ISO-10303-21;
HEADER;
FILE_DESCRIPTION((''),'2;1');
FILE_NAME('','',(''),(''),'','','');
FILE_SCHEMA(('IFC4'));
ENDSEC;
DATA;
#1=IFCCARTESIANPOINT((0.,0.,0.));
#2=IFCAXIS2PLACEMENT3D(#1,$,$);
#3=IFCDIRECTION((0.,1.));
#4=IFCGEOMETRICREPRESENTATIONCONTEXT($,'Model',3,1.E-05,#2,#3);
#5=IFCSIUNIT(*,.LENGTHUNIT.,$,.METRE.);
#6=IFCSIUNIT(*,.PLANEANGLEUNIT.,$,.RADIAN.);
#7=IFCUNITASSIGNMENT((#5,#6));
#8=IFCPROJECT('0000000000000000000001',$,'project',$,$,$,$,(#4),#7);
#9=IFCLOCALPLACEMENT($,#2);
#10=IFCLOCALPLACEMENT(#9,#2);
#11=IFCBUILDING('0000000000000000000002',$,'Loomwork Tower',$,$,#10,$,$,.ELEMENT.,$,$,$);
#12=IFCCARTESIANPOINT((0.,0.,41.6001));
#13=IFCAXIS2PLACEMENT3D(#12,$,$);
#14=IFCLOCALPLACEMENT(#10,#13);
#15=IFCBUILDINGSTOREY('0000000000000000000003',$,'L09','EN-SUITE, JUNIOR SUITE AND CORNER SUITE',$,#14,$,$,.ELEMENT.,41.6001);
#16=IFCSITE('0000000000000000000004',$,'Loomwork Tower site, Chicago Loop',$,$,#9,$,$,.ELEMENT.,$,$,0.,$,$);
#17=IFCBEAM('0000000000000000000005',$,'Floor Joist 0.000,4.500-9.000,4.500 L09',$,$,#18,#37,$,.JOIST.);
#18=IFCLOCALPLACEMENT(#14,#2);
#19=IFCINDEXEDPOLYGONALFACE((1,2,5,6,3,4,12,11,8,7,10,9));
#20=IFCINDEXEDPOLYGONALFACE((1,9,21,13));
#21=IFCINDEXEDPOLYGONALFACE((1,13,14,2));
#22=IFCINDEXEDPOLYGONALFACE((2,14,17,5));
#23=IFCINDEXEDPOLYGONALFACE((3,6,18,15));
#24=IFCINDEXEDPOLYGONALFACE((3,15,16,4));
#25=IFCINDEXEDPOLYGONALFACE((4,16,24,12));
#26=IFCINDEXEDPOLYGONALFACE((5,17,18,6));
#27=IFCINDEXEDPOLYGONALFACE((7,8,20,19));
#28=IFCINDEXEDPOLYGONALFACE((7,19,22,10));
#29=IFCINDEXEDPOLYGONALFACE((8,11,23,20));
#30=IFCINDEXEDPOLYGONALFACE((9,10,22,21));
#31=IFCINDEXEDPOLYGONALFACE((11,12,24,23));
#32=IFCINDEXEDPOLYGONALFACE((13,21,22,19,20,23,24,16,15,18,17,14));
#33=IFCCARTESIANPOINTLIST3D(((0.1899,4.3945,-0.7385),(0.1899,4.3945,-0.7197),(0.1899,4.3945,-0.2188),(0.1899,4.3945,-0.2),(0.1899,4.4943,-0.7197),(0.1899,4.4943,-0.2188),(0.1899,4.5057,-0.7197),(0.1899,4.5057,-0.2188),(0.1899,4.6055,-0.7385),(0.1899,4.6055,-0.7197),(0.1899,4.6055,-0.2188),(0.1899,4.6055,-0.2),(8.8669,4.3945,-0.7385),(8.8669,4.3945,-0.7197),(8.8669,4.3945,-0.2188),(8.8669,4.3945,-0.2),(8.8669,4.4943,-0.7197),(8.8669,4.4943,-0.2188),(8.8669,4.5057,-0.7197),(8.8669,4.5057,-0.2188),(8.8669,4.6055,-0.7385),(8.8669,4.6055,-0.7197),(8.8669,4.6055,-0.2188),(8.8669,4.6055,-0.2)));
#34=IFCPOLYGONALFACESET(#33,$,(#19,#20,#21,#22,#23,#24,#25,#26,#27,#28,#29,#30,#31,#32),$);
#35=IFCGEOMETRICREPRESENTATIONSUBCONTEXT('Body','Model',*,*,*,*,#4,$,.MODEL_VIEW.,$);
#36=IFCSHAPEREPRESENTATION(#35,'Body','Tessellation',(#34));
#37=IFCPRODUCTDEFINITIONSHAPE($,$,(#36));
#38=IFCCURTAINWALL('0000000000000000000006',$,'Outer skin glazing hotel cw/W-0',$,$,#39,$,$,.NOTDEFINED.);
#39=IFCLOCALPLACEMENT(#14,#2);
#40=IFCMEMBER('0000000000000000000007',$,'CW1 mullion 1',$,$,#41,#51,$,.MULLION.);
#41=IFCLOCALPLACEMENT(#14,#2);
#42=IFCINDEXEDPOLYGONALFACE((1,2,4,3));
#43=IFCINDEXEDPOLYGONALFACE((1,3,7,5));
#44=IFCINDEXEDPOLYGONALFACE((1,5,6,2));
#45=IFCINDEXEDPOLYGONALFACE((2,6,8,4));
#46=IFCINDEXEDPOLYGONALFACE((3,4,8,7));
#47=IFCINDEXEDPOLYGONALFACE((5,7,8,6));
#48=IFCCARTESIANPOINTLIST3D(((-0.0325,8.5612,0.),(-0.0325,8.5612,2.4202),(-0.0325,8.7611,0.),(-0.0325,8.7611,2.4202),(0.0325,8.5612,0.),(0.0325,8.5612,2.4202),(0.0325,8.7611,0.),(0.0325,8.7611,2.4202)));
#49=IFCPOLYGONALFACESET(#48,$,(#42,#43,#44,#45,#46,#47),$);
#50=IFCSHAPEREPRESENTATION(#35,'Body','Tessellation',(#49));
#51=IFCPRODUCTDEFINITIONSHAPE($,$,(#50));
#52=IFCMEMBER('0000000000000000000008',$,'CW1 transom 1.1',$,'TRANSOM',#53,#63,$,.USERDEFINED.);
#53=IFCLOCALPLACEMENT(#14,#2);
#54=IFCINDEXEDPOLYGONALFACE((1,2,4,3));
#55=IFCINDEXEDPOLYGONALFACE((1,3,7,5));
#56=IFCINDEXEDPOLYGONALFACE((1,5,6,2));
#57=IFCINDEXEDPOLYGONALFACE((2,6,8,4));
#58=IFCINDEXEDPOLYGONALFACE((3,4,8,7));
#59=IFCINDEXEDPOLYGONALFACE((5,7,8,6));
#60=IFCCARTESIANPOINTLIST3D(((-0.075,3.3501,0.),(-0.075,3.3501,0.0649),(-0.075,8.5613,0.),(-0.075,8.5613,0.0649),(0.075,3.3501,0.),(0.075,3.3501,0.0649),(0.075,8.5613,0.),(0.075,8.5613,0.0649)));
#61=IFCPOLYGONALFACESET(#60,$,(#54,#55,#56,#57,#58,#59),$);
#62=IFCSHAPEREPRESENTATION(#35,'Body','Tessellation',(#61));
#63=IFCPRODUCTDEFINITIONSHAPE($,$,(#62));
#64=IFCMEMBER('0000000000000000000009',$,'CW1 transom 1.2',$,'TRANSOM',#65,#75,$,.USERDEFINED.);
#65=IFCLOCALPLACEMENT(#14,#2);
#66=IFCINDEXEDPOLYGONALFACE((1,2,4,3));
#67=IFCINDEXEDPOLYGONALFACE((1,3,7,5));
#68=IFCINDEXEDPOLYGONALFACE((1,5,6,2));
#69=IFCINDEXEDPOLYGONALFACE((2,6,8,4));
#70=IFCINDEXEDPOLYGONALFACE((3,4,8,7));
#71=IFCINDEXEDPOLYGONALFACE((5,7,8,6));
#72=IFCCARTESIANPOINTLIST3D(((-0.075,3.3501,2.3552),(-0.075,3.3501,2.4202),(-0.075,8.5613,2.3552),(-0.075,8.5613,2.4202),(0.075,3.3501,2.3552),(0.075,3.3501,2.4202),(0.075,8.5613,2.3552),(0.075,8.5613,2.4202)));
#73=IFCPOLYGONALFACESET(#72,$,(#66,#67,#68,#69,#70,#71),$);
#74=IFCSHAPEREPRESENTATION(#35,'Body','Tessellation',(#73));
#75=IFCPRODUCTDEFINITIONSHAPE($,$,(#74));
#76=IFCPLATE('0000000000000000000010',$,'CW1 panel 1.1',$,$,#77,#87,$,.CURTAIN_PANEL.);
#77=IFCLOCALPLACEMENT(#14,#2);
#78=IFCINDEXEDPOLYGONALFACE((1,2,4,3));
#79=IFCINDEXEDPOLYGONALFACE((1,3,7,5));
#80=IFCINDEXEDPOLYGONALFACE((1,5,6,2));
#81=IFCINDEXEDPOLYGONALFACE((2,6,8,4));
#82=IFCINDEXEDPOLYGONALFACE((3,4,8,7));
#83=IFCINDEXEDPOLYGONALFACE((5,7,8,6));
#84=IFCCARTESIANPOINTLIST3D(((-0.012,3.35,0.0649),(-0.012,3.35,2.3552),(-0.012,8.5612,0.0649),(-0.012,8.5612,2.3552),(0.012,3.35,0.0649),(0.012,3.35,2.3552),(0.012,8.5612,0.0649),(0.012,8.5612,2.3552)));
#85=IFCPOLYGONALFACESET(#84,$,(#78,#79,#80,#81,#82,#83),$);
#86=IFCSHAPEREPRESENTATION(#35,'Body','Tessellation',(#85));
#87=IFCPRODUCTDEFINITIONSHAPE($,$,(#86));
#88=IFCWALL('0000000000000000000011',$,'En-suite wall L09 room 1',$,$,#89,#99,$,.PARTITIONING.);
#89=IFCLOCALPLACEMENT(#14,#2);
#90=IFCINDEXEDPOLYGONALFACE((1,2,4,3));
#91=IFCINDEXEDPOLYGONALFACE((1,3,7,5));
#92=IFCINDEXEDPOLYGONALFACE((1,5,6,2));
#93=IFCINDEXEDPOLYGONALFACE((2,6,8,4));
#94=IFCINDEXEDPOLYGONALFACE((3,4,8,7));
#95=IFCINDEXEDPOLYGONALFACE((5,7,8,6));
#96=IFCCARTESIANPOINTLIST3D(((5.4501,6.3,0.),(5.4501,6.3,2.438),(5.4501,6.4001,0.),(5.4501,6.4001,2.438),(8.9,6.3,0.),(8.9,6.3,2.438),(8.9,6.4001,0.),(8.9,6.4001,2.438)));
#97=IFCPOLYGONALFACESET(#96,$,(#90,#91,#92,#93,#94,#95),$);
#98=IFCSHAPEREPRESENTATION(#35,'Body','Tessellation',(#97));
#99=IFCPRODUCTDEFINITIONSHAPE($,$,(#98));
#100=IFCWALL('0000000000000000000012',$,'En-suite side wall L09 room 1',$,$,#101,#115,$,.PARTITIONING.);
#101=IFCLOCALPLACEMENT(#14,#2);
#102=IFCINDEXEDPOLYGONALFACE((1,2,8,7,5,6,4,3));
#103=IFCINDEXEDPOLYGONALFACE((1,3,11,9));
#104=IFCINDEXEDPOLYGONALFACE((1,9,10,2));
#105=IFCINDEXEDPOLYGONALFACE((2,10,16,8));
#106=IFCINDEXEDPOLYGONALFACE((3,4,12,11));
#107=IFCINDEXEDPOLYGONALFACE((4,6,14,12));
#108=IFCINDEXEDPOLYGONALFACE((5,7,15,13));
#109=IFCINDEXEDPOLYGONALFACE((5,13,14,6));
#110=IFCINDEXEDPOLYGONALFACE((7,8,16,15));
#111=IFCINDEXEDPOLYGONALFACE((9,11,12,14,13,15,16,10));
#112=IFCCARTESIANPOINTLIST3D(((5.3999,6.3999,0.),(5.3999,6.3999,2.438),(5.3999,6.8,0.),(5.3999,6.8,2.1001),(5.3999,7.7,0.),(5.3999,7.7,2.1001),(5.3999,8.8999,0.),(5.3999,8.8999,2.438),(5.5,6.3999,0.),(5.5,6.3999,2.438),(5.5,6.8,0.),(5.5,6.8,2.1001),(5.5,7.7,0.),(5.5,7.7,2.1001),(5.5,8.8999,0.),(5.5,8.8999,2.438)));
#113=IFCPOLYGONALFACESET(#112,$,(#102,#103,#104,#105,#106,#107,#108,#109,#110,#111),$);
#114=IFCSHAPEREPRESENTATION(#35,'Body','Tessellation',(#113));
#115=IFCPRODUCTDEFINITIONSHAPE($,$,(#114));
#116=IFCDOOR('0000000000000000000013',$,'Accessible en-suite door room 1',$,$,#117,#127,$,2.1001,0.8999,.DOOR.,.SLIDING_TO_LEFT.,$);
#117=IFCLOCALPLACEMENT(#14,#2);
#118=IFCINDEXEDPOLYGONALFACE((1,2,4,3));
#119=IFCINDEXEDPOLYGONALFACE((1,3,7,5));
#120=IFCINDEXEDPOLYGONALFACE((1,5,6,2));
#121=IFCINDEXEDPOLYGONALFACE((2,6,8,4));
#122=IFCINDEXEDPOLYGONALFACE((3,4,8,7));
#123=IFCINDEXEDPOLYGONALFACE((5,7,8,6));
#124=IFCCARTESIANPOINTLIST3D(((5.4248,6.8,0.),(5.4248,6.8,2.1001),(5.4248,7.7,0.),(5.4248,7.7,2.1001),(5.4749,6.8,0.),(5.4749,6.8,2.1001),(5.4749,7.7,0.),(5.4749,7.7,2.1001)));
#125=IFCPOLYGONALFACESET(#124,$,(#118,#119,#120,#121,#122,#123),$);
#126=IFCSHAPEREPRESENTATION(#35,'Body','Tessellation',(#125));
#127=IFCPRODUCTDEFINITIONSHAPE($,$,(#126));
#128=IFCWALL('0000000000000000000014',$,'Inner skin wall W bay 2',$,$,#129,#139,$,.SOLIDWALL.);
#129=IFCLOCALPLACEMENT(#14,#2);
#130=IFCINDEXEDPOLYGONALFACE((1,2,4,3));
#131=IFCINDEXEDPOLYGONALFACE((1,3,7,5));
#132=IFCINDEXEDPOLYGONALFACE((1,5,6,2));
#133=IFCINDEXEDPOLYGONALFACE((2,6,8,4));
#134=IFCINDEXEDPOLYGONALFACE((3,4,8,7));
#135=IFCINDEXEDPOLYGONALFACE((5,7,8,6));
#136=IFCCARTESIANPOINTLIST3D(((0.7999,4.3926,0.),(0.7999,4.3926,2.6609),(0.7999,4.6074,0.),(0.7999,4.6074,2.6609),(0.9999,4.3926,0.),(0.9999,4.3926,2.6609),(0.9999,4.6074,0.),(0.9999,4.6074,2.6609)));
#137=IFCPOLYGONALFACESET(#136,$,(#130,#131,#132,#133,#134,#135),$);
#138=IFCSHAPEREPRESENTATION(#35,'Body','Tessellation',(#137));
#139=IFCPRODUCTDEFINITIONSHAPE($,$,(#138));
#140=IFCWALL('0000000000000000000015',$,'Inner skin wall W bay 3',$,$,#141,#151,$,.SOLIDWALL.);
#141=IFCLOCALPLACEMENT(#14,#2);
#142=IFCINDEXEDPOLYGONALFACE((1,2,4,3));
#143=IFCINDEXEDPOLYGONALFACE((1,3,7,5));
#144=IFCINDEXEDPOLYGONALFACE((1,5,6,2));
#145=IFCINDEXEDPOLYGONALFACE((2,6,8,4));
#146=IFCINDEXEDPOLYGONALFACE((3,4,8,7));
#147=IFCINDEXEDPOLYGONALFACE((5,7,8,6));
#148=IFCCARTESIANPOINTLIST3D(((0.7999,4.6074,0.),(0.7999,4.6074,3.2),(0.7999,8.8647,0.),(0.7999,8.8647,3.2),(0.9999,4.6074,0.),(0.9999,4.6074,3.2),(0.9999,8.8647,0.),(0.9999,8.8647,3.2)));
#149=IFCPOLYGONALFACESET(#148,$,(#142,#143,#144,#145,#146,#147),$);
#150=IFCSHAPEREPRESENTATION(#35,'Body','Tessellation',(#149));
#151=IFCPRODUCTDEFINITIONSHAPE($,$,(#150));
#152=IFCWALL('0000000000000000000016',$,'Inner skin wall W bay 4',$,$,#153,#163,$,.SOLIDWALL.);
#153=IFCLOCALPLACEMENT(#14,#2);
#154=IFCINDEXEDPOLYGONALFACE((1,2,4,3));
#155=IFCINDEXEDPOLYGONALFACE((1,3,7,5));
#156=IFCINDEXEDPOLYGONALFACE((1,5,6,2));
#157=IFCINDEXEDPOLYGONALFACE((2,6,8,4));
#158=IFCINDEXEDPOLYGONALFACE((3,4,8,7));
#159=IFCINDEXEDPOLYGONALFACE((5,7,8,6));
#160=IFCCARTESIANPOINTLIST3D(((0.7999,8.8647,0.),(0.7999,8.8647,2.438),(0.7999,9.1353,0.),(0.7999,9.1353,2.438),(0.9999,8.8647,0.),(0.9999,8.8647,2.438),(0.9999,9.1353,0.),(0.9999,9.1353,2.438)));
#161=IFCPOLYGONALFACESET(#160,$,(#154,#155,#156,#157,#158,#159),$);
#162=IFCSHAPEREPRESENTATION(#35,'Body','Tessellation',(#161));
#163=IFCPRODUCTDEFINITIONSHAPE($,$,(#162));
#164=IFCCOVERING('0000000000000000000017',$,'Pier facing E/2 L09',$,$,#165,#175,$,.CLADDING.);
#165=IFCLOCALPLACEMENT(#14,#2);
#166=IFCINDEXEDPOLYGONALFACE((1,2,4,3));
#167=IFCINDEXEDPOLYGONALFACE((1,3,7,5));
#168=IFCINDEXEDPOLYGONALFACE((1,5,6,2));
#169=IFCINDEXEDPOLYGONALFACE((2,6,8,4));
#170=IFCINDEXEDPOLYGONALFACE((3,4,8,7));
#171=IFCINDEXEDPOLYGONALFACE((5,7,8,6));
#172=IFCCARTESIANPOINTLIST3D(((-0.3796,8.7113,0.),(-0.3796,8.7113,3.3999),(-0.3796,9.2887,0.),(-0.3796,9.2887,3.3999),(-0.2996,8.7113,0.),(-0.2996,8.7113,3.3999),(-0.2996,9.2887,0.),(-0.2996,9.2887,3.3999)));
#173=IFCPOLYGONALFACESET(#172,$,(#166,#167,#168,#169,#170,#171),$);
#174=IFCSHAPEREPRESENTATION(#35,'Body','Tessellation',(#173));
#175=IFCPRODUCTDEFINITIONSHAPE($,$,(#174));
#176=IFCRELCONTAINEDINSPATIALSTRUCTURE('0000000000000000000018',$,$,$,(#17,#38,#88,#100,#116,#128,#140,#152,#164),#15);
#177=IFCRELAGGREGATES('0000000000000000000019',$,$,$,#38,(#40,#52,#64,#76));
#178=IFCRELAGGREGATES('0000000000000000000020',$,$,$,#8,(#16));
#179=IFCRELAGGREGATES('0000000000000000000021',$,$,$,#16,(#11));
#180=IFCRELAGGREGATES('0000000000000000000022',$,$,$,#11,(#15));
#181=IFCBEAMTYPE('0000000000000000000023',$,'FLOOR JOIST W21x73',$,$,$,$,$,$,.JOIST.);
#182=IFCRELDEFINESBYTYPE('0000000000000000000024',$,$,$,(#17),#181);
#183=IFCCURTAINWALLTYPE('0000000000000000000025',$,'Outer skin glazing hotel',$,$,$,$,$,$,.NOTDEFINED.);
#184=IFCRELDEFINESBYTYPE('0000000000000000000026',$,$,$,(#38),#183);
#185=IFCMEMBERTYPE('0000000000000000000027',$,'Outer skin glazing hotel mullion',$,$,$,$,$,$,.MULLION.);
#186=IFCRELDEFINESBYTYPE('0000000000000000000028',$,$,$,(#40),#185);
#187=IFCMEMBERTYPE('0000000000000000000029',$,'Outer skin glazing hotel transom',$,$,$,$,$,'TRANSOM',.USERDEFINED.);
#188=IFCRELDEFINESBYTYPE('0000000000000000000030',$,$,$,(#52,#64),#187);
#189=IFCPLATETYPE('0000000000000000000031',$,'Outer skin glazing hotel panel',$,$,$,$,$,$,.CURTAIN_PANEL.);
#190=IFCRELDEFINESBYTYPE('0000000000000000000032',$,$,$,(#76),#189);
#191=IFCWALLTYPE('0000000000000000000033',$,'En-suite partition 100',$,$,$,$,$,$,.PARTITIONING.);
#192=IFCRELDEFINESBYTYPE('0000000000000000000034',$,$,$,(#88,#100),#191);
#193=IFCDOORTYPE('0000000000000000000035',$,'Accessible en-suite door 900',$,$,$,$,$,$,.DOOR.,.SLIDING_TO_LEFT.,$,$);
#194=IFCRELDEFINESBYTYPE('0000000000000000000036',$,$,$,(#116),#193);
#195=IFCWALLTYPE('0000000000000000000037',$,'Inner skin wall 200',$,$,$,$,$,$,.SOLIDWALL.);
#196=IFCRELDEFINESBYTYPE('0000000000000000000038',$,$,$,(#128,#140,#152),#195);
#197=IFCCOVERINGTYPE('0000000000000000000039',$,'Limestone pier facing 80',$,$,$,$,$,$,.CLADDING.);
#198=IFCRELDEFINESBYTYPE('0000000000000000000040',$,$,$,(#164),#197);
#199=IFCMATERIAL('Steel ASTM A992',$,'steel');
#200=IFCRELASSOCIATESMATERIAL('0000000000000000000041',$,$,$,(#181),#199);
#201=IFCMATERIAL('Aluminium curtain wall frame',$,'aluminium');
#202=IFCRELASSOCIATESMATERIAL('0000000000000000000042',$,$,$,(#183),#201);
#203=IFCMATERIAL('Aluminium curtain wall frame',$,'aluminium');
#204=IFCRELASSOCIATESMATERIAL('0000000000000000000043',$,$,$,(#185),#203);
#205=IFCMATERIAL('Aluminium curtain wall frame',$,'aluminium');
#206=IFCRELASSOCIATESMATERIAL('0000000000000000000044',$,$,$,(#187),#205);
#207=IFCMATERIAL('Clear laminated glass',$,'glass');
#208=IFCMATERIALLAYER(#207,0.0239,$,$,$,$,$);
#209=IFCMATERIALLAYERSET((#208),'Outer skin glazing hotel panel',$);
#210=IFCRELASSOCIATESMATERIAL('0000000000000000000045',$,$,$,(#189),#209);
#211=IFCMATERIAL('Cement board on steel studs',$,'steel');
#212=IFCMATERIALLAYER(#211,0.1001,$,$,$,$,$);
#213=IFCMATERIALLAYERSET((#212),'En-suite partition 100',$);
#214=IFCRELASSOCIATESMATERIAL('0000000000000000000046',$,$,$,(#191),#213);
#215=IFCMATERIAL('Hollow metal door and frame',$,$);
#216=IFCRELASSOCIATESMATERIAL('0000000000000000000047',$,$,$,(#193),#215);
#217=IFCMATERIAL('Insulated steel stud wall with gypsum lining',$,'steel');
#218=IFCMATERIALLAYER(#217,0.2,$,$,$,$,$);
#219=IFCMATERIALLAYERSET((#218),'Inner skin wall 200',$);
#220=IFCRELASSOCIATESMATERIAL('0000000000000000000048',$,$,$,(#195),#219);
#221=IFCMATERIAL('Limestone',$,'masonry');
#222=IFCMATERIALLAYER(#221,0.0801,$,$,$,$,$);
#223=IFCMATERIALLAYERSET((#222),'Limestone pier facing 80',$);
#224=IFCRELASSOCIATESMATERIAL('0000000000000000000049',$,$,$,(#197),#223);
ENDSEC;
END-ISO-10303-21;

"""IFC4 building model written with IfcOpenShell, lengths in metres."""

from ifc_helpers import new_model, si_unit, direction, frame, frame_2d, origin, origin_2d, place, context, subcontext, project, spatial, rectangle, i_section, extrude, material, layer, layer_set, material_profile, profile_set, type_object, element, fill, aggregate, save


model = new_model("IFC4")

# Units and contexts
model_context = context("Model", 3, precision=1e-05, world=origin(), true_north=direction((0.0, 1.0)))
body_context = subcontext(model_context, "Body", "Model", "MODEL_VIEW")
ifc_project = project(units=[si_unit("LENGTHUNIT", "METRE"), si_unit("PLANEANGLEUNIT", "RADIAN")], contexts=[model_context])

# Site, building, storey
site_placement = place(None, origin())
site = spatial("IfcSite", under=ifc_project, at=site_placement, Name="Loomwork Tower site, Chicago Loop", CompositionType="ELEMENT", RefElevation=0.0)
building_placement = place(site_placement, origin())
building = spatial("IfcBuilding", under=site, at=building_placement, Name="Loomwork Tower", CompositionType="ELEMENT")
storey_placement = place(building_placement, frame((0.0, 0.0, 41.6001)))
storey = spatial("IfcBuildingStorey", under=building, at=storey_placement, Name="L09", Description="EN-SUITE, JUNIOR SUITE AND CORNER SUITE", CompositionType="ELEMENT", Elevation=41.6001)

# Beam
ifc_material_1 = material(Name="Steel ASTM A992", Category="steel")
ifc_material_profile_1 = material_profile(ifc_material_1, i_section(OverallWidth=0.2109, OverallDepth=0.5386, WebThickness=0.0115, FlangeThickness=0.0188, at=origin_2d()), Name="W21x73")
ifc_profile_set_1 = profile_set([ifc_material_profile_1], Name="Steel ASTM A992")
beam_type = type_object("IfcBeamType", Name="FLOOR JOIST W21x73", PredefinedType="JOIST", material=ifc_profile_set_1)
beam_placement = place(storey_placement, frame((0.1899, 4.5, -0.4692), z_axis=(1.0, 0.0, 0.0), x_axis=(0.0, 1.0, 0.0)))
element("IfcBeam", 1, at=beam_placement, inside=storey, type_object=beam_type, Name="Floor Joist 0.000,4.500-9.000,4.500 L09", PredefinedType="JOIST", context=body_context, shape_type="SweptSolid", body=[
    extrude(i_section(OverallWidth=0.2109, OverallDepth=0.5386, WebThickness=0.0115, FlangeThickness=0.0188, at=origin_2d()), origin(), (0.0, 0.0, 1.0), 8.677),
])

# Curtain wall, members, plate
ifc_material_2 = material(Name="Aluminium curtain wall frame", Category="aluminium")
curtain_wall_type = type_object("IfcCurtainWallType", Name="Outer skin glazing hotel", PredefinedType="NOTDEFINED", material=ifc_material_2)
curtain_wall_placement = place(storey_placement, origin())
curtain_wall = element("IfcCurtainWall", 2, at=curtain_wall_placement, inside=storey, type_object=curtain_wall_type, Name="Outer skin glazing hotel cw/W-0", PredefinedType="NOTDEFINED")
ifc_material_3 = material(Name="Aluminium curtain wall frame", Category="aluminium")
ifc_material_profile_2 = material_profile(ifc_material_3, rectangle(XDim=0.0649, YDim=0.2, at=origin_2d()), Name="AL 65x200")
ifc_profile_set_2 = profile_set([ifc_material_profile_2], Name="Aluminium curtain wall frame")
member_type_1 = type_object("IfcMemberType", Name="Outer skin glazing hotel mullion", PredefinedType="MULLION", material=ifc_profile_set_2)
member_1_placement = place(storey_placement, frame((0.0, 8.6611, 0.0), z_axis=(0.0, 0.0, 1.0), x_axis=(1.0, 0.0, 0.0)))
member_1 = element("IfcMember", 3, at=member_1_placement, type_object=member_type_1, Name="CW1 mullion 1", PredefinedType="MULLION", context=body_context, shape_type="SweptSolid", body=[
    extrude(rectangle(XDim=0.0649, YDim=0.2, at=origin_2d()), origin(), (0.0, 0.0, 1.0), 2.4202),
])
ifc_material_4 = material(Name="Aluminium curtain wall frame", Category="aluminium")
ifc_material_profile_3 = material_profile(ifc_material_4, rectangle(XDim=0.1499, YDim=0.0649, at=origin_2d()), Name="AL 65x150")
ifc_profile_set_3 = profile_set([ifc_material_profile_3], Name="Aluminium curtain wall frame")
member_type_2 = type_object("IfcMemberType", Name="Outer skin glazing hotel transom", ElementType="TRANSOM", PredefinedType="USERDEFINED", material=ifc_profile_set_3)
member_2_placement = place(storey_placement, frame((0.0, 8.5613, 0.0325), z_axis=(0.0, -1.0, 0.0), x_axis=(1.0, 0.0, 0.0)))
member_2 = element("IfcMember", 4, at=member_2_placement, type_object=member_type_2, Name="CW1 transom 1.1", ObjectType="TRANSOM", PredefinedType="USERDEFINED", context=body_context, shape_type="SweptSolid", body=[
    extrude(rectangle(XDim=0.1499, YDim=0.0649, at=origin_2d()), origin(), (0.0, 0.0, 1.0), 5.2112),
])
member_3_placement = place(storey_placement, frame((0.0, 8.5613, 2.3877), z_axis=(0.0, -1.0, 0.0), x_axis=(1.0, 0.0, 0.0)))
member_3 = element("IfcMember", 5, at=member_3_placement, type_object=member_type_2, Name="CW1 transom 1.2", ObjectType="TRANSOM", PredefinedType="USERDEFINED", context=body_context, shape_type="SweptSolid", body=[
    extrude(rectangle(XDim=0.1499, YDim=0.0649, at=origin_2d()), origin(), (0.0, 0.0, 1.0), 5.2112),
])
ifc_material_5 = material(Name="Clear laminated glass", Category="glass")
ifc_layer_1 = layer(ifc_material_5, 0.0239)
ifc_layer_set_1 = layer_set([ifc_layer_1], Name="Outer skin glazing hotel panel")
plate_type = type_object("IfcPlateType", Name="Outer skin glazing hotel panel", PredefinedType="CURTAIN_PANEL", material=ifc_layer_set_1)
plate_placement = place(storey_placement, frame((0.0, 5.9556, 0.0649), z_axis=(0.0, 0.0, 1.0), x_axis=(0.0, -1.0, 0.0)))
plate = element("IfcPlate", 6, at=plate_placement, type_object=plate_type, Name="CW1 panel 1.1", PredefinedType="CURTAIN_PANEL", context=body_context, shape_type="SweptSolid", body=[
    extrude(rectangle(XDim=5.2112, YDim=0.0239, at=origin_2d()), origin(), (0.0, 0.0, 1.0), 2.2903),
])
aggregate(curtain_wall, [member_1, member_2, member_3, plate])

# Wall
ifc_material_6 = material(Name="Cement board on steel studs", Category="steel")
ifc_layer_2 = layer(ifc_material_6, 0.1001)
ifc_layer_set_2 = layer_set([ifc_layer_2], Name="En-suite partition 100")
wall_type_1 = type_object("IfcWallType", Name="En-suite partition 100", PredefinedType="PARTITIONING", material=ifc_layer_set_2)
wall_1_placement = place(storey_placement, frame((5.45, 6.3501, 0.0), z_axis=(0.0, 0.0, 1.0), x_axis=(1.0, 0.0, 0.0)))
element("IfcWall", 7, at=wall_1_placement, inside=storey, type_object=wall_type_1, Name="En-suite wall L09 room 1", PredefinedType="PARTITIONING", context=body_context, shape_type="SweptSolid", body=[
    extrude(rectangle(XDim=3.45, YDim=0.1001, at=frame_2d((1.7251, 0.0))), origin(), (0.0, 0.0, 1.0), 2.438),
])

# Wall, opening, door
wall_2_placement = place(storey_placement, frame((5.45, 8.8999, 0.0), z_axis=(0.0, 0.0, 1.0), x_axis=(0.0, -1.0, 0.0)))
wall_2 = element("IfcWall", 8, at=wall_2_placement, inside=storey, type_object=wall_type_1, Name="En-suite side wall L09 room 1", PredefinedType="PARTITIONING", context=body_context, shape_type="SweptSolid", body=[
    extrude(rectangle(XDim=2.5, YDim=0.1001, at=frame_2d((1.25, 0.0))), origin(), (0.0, 0.0, 1.0), 2.438),
])
opening_placement = place(wall_2_placement, frame((1.2, 0.0, 0.0)))
opening = element("IfcOpeningElement", 9, at=opening_placement, cuts=wall_2, PredefinedType="OPENING", context=body_context, shape_type="SweptSolid", body=[
    extrude(rectangle(XDim=0.8999, YDim=2.1001, at=frame_2d((0.45, 1.05))), frame((0.0, 0.0601, 0.0), z_axis=(0.0, -1.0, 0.0), x_axis=(1.0, 0.0, 0.0)), (0.0, 0.0, 1.0), 0.1201),
])
ifc_material_7 = material(Name="Hollow metal door and frame")
door_type = type_object("IfcDoorType", Name="Accessible en-suite door 900", OperationType="SLIDING_TO_LEFT", PredefinedType="DOOR", material=ifc_material_7)
door_placement = place(opening_placement, origin())
door = element("IfcDoor", 10, at=door_placement, inside=storey, type_object=door_type, Name="Accessible en-suite door room 1", OperationType="SLIDING_TO_LEFT", OverallHeight=2.1001, OverallWidth=0.8999, PredefinedType="DOOR", context=body_context, shape_type="SweptSolid", body=[
    extrude(rectangle(XDim=0.8999, YDim=2.1001, at=frame_2d((0.45, 1.05))), frame((0.0, 0.0249, 0.0), z_axis=(0.0, -1.0, 0.0), x_axis=(1.0, 0.0, 0.0)), (0.0, 0.0, 1.0), 0.05),
])
fill(opening, door)

# Walls
ifc_material_8 = material(Name="Insulated steel stud wall with gypsum lining", Category="steel")
ifc_layer_3 = layer(ifc_material_8, 0.2)
ifc_layer_set_3 = layer_set([ifc_layer_3], Name="Inner skin wall 200")
wall_type_2 = type_object("IfcWallType", Name="Inner skin wall 200", PredefinedType="SOLIDWALL", material=ifc_layer_set_3)
wall_3_placement = place(storey_placement, frame((0.8999, 4.3926, 0.0), z_axis=(0.0, 0.0, 1.0), x_axis=(0.0, 1.0, 0.0)))
element("IfcWall", 11, at=wall_3_placement, inside=storey, type_object=wall_type_2, Name="Inner skin wall W bay 2", PredefinedType="SOLIDWALL", context=body_context, shape_type="SweptSolid", body=[
    extrude(rectangle(XDim=0.2148, YDim=0.2, at=frame_2d((0.1074, 0.0))), origin(), (0.0, 0.0, 1.0), 2.6609),
])
wall_4_placement = place(storey_placement, frame((0.8999, 4.6074, 0.0), z_axis=(0.0, 0.0, 1.0), x_axis=(0.0, 1.0, 0.0)))
element("IfcWall", 12, at=wall_4_placement, inside=storey, type_object=wall_type_2, Name="Inner skin wall W bay 3", PredefinedType="SOLIDWALL", context=body_context, shape_type="SweptSolid", body=[
    extrude(rectangle(XDim=4.2573, YDim=0.2, at=frame_2d((2.1287, 0.0))), origin(), (0.0, 0.0, 1.0), 3.2),
])
wall_5_placement = place(storey_placement, frame((0.8999, 8.8647, 0.0), z_axis=(0.0, 0.0, 1.0), x_axis=(0.0, 1.0, 0.0)))
element("IfcWall", 13, at=wall_5_placement, inside=storey, type_object=wall_type_2, Name="Inner skin wall W bay 4", PredefinedType="SOLIDWALL", context=body_context, shape_type="SweptSolid", body=[
    extrude(rectangle(XDim=0.2705, YDim=0.2, at=frame_2d((0.1353, 0.0))), origin(), (0.0, 0.0, 1.0), 2.438),
])

# Covering
ifc_material_9 = material(Name="Limestone", Category="masonry")
ifc_layer_4 = layer(ifc_material_9, 0.0801)
ifc_layer_set_4 = layer_set([ifc_layer_4], Name="Limestone pier facing 80")
covering_type = type_object("IfcCoveringType", Name="Limestone pier facing 80", PredefinedType="CLADDING", material=ifc_layer_set_4)
covering_placement = place(storey_placement, frame((-0.3396, 9.0, 0.0), z_axis=(0.0, 0.0, 1.0), x_axis=(1.0, 0.0, 0.0)))
element("IfcCovering", 14, at=covering_placement, inside=storey, type_object=covering_type, Name="Pier facing E/2 L09", PredefinedType="CLADDING", context=body_context, shape_type="SweptSolid", body=[
    extrude(rectangle(XDim=0.0801, YDim=0.5774, at=origin_2d()), origin(), (0.0, 0.0, 1.0), 3.3999),
])

save(model, "model.ifc")
